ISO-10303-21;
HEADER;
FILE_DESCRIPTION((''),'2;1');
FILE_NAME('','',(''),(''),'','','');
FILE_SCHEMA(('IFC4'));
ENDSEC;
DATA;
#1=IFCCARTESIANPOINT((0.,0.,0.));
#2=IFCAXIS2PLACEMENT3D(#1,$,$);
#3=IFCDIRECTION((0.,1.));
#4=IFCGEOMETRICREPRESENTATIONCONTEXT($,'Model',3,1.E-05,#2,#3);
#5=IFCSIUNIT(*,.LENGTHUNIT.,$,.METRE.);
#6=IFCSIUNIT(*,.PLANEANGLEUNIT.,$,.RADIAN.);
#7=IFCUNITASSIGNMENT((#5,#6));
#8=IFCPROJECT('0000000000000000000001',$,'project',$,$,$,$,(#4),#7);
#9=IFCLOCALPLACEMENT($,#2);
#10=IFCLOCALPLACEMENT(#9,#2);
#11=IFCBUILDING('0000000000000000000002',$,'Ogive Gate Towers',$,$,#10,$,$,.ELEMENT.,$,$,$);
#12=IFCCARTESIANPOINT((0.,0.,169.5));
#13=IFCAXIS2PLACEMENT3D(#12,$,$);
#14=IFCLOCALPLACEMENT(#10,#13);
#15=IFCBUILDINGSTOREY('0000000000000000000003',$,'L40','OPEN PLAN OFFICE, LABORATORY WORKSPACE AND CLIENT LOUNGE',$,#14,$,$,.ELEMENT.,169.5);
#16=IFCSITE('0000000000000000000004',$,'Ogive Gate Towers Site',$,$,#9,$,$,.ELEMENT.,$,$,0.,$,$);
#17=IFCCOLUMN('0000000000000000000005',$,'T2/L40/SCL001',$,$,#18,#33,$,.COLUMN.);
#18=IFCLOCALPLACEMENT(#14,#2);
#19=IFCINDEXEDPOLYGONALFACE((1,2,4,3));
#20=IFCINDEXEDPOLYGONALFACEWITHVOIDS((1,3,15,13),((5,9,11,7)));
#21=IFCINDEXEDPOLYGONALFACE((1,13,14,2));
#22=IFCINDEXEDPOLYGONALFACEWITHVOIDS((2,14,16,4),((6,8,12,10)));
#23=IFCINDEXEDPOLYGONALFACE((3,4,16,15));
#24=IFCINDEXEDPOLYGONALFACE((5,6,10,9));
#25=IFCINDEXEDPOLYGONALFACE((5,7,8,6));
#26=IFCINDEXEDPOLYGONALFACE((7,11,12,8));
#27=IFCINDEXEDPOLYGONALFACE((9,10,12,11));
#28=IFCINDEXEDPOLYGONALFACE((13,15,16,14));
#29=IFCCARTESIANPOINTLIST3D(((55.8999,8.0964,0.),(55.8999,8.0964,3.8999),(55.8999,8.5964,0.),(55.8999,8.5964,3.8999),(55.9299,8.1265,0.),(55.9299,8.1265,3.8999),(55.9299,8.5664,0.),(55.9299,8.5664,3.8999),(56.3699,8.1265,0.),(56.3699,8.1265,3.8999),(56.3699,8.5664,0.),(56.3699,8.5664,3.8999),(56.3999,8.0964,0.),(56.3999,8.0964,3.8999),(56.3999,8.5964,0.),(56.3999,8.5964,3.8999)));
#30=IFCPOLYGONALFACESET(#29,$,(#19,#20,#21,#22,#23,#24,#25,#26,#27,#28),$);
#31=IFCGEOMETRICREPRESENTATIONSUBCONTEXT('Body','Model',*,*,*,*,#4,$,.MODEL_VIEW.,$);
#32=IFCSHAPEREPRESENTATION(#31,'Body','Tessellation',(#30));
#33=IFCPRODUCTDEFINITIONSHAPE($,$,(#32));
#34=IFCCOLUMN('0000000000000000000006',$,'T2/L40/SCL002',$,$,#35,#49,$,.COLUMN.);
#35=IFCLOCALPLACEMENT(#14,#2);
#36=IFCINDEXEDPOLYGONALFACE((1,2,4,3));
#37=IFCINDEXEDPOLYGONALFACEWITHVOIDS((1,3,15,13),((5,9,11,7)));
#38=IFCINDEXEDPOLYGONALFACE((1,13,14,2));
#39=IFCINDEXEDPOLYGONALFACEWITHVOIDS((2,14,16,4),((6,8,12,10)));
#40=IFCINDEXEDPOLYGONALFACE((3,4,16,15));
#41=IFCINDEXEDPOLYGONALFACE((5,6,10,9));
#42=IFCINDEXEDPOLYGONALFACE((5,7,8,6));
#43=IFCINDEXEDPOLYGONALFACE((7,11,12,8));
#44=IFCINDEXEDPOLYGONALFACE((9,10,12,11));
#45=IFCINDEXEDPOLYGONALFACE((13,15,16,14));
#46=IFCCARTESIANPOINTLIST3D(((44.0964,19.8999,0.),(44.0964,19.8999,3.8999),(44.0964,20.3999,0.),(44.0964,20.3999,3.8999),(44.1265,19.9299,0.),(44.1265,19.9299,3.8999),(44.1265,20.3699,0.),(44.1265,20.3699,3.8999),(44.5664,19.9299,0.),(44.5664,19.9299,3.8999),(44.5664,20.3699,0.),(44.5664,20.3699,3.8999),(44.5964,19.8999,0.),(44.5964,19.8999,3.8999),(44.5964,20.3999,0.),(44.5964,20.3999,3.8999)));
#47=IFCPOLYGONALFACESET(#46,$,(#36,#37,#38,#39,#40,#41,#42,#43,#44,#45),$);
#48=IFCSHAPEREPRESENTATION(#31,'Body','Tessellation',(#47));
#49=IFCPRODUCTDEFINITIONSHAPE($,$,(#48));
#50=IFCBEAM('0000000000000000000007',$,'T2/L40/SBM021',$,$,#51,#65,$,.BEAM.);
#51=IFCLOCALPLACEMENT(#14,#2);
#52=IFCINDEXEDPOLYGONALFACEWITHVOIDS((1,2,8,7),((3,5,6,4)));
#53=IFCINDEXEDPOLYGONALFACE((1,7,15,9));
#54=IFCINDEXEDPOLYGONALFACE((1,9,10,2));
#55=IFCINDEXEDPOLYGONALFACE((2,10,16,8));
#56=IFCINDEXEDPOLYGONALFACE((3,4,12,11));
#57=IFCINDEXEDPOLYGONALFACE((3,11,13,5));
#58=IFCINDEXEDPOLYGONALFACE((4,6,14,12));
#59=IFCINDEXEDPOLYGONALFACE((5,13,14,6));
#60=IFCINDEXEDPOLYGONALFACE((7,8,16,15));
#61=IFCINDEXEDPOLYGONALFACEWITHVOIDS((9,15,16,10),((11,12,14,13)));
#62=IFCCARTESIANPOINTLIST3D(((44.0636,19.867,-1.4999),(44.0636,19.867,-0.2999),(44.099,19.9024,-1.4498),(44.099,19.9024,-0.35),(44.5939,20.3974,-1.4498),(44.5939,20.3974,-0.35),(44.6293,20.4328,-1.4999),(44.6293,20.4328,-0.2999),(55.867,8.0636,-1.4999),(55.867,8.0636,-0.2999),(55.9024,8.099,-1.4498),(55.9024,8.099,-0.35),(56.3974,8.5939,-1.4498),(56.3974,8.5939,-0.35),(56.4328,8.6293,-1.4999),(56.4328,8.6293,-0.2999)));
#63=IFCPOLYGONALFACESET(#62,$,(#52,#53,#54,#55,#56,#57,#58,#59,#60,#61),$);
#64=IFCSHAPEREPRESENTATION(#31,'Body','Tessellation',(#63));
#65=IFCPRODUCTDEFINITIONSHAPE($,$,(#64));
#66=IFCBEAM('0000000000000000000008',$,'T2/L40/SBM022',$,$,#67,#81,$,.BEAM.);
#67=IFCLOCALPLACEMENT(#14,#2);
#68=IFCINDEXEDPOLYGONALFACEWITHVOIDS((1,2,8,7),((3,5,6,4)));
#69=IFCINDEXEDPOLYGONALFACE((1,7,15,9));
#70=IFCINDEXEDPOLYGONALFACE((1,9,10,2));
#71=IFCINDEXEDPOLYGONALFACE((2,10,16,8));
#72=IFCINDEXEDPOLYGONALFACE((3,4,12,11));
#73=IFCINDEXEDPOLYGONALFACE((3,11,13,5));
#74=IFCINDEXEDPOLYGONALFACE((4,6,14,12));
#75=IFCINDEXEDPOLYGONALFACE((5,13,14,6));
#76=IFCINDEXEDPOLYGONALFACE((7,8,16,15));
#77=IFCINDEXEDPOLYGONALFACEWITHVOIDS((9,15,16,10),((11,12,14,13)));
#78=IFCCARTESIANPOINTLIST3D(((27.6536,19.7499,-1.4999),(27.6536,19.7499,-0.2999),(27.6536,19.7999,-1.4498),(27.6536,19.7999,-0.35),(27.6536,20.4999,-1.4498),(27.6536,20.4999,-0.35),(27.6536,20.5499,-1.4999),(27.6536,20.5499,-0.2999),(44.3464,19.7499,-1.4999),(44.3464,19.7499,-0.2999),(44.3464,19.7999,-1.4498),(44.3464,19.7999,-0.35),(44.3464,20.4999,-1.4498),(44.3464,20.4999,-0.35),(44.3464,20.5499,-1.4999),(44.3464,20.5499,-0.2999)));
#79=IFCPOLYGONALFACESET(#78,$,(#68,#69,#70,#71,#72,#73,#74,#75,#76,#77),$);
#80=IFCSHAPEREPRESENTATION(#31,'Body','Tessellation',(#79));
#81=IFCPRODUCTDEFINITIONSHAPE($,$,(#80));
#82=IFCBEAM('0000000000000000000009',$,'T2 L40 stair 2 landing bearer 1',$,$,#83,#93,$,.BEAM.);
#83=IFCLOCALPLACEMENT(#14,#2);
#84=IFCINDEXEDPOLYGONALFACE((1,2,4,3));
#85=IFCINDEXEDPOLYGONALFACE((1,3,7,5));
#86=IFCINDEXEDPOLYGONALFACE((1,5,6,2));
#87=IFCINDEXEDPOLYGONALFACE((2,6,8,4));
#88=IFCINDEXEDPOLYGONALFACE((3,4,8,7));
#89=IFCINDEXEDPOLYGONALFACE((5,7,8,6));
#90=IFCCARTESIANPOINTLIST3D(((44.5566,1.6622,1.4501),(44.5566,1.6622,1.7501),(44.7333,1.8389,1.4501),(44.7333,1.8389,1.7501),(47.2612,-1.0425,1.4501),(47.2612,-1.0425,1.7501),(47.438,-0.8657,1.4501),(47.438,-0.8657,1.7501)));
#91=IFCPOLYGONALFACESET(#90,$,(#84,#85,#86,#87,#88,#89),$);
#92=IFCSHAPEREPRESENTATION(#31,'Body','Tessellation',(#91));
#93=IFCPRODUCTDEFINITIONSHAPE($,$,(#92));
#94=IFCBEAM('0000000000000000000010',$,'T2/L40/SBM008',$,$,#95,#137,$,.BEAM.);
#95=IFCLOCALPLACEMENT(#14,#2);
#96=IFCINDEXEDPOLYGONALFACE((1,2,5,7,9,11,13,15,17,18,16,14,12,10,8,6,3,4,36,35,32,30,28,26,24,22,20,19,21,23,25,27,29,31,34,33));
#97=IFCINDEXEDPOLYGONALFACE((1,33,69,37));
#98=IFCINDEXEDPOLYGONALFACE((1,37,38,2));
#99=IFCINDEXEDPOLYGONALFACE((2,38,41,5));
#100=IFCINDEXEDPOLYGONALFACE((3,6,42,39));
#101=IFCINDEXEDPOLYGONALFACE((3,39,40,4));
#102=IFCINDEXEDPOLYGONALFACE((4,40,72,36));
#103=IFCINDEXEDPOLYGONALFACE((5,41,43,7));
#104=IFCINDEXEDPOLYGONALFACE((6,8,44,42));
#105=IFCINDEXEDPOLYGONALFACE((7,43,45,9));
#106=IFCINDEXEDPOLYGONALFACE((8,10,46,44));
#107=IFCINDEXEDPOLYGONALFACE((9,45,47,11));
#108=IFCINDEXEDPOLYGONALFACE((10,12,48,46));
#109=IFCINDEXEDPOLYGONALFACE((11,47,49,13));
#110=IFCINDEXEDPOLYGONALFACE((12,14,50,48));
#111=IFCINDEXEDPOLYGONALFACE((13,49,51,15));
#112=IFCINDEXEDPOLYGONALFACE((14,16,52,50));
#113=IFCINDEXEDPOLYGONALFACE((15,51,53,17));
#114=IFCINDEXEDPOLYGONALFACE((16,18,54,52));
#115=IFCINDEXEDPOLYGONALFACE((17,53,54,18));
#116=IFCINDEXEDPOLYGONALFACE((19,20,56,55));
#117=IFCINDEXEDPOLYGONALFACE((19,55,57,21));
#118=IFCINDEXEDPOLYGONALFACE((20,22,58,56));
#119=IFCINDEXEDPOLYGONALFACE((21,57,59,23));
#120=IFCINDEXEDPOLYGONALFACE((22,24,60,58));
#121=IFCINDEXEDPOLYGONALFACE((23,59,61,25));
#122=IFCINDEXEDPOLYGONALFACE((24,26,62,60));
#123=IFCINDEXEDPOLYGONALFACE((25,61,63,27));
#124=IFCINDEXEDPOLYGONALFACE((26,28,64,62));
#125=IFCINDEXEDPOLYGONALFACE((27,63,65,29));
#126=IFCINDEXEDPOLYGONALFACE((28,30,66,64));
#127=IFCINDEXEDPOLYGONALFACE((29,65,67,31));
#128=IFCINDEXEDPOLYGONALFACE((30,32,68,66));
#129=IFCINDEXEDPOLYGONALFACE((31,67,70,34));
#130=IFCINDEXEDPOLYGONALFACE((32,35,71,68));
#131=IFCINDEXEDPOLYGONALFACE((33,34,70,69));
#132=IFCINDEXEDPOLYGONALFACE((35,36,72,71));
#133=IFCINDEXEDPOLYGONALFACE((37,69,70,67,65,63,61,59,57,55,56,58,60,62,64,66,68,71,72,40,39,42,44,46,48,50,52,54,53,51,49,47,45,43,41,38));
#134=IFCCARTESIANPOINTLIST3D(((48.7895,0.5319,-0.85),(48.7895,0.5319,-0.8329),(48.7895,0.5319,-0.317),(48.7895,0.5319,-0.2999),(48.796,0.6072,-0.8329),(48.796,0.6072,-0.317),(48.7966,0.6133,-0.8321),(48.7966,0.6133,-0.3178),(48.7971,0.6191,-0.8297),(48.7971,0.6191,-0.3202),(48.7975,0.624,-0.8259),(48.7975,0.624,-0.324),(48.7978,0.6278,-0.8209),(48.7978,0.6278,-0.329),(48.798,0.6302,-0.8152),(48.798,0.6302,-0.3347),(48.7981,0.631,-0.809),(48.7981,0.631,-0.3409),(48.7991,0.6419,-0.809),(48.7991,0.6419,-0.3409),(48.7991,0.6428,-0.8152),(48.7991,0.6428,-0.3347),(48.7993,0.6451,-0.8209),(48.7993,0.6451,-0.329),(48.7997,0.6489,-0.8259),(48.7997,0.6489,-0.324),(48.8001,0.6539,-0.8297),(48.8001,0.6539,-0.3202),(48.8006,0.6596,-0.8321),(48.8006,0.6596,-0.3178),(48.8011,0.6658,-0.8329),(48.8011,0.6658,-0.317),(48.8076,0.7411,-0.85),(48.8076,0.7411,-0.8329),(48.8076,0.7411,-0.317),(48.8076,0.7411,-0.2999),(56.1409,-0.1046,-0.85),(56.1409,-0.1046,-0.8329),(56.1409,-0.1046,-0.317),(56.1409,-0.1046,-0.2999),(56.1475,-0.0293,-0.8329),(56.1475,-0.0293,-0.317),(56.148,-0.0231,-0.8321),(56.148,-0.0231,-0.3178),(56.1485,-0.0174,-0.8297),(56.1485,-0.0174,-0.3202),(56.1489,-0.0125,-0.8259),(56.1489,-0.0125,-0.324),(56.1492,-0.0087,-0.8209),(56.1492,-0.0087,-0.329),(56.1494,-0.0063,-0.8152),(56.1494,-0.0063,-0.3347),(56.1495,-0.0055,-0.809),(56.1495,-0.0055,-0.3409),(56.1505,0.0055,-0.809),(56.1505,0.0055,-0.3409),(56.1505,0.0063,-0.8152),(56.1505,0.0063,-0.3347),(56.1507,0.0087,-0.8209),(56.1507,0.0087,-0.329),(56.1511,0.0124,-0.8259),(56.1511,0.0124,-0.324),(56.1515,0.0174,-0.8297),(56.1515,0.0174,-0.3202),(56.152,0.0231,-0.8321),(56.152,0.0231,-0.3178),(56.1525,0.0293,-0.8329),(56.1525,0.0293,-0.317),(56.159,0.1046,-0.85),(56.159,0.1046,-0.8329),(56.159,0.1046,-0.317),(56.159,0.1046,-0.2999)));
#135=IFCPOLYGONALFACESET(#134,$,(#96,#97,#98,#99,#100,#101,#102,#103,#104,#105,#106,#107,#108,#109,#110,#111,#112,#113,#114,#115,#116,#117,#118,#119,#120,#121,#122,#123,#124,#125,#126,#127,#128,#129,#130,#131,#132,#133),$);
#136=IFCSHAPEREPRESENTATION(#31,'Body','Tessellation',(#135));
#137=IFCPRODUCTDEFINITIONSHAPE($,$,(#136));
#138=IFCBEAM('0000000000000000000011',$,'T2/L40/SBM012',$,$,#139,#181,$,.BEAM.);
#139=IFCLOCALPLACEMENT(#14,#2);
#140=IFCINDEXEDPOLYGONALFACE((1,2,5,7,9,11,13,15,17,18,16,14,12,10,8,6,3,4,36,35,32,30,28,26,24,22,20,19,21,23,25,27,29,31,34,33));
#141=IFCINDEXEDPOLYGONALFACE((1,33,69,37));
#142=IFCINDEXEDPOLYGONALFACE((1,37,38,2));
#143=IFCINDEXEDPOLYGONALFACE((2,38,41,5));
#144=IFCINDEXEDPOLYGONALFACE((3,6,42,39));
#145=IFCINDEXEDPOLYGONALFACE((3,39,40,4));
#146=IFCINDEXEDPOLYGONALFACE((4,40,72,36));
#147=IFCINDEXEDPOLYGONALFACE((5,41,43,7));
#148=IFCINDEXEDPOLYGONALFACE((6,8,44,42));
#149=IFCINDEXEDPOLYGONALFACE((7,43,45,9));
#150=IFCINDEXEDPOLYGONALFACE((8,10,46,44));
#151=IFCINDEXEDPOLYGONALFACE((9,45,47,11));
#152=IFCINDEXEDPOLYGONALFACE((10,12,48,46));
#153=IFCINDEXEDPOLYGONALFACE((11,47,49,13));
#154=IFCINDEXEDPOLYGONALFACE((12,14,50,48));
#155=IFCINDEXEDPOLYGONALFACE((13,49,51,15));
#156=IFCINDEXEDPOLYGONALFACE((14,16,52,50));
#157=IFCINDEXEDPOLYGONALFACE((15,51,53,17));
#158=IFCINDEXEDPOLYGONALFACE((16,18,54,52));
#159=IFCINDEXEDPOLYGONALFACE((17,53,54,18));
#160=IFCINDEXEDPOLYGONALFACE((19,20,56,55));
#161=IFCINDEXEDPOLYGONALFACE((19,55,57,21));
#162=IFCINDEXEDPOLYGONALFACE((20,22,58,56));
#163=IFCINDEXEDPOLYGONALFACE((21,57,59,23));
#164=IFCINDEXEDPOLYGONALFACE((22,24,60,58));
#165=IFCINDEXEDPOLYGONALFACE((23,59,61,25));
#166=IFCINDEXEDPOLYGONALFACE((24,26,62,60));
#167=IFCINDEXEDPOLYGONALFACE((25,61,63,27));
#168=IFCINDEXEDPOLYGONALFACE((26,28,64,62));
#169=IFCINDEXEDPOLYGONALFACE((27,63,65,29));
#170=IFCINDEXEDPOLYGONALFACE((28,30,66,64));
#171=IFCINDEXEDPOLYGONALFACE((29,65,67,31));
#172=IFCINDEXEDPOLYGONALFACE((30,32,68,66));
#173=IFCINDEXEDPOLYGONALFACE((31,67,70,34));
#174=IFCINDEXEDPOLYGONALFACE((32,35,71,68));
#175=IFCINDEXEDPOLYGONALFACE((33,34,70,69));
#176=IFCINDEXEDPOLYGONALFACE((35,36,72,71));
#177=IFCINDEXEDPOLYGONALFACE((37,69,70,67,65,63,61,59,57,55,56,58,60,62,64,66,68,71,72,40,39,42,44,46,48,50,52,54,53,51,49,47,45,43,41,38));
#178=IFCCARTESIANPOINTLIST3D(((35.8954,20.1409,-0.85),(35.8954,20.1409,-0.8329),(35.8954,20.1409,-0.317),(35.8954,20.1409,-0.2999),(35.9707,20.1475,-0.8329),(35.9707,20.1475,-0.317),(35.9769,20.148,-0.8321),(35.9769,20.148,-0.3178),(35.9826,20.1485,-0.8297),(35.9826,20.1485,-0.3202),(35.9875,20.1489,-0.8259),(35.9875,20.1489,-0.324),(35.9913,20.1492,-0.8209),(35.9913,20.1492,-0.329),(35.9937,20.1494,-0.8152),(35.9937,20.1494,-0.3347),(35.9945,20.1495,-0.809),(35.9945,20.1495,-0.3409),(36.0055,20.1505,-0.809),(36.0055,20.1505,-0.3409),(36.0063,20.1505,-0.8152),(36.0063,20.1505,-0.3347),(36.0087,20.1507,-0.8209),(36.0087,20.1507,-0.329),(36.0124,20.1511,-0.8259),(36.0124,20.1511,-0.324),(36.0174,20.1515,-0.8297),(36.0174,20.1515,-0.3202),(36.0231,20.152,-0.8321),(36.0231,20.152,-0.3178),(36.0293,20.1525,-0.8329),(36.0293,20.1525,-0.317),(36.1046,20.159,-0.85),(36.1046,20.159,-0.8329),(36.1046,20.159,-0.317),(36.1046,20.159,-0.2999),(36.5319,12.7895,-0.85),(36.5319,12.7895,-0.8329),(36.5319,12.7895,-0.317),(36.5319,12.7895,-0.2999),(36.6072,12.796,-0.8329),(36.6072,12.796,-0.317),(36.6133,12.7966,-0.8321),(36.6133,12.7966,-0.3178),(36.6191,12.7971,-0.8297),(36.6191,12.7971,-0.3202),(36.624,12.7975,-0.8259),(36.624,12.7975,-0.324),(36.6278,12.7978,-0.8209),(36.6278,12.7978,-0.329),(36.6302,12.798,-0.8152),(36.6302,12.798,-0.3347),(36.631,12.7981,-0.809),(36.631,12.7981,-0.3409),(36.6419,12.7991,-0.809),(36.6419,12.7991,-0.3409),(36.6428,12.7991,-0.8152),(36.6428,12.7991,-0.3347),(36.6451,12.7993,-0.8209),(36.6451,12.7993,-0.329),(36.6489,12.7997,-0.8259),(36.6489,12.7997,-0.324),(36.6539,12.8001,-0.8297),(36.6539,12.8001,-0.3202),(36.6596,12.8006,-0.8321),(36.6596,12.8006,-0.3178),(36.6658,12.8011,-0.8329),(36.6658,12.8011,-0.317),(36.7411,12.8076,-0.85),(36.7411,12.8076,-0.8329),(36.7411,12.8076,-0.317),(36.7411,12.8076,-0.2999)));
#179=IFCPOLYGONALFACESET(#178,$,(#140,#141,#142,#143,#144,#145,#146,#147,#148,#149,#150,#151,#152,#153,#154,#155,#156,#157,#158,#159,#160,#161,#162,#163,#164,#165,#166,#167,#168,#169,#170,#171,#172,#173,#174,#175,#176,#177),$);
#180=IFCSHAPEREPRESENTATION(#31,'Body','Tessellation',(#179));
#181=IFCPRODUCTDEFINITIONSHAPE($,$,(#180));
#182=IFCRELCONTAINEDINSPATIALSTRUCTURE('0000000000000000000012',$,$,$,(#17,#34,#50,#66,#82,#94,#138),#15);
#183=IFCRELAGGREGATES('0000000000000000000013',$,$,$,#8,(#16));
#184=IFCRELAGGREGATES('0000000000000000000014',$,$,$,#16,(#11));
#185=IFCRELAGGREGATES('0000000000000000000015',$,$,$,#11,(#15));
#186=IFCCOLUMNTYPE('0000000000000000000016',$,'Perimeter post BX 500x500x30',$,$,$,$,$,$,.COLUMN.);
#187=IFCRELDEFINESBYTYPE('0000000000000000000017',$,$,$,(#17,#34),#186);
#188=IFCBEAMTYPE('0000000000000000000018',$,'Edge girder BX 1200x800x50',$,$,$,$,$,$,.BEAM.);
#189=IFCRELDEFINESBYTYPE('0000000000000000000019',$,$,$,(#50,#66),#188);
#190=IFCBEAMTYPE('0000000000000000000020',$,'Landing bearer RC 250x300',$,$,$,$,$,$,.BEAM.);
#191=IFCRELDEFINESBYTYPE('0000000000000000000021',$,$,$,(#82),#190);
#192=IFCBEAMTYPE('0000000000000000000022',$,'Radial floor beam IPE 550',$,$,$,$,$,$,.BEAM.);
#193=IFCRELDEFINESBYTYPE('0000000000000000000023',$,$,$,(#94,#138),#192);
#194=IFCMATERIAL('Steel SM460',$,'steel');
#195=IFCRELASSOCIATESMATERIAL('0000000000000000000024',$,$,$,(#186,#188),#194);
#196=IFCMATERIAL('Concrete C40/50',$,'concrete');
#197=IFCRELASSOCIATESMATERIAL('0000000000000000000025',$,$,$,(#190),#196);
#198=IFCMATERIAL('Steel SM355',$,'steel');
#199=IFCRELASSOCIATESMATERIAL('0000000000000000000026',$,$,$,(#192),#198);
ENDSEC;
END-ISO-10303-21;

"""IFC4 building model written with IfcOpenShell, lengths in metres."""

from ifc_helpers import new_model, si_unit, direction, frame, origin, origin_2d, place, context, subcontext, project, spatial, rectangle, hollow_rectangle, i_section, extrude, material, material_profile, profile_set, type_object, element, save


model = new_model("IFC4")

# Units and contexts
model_context = context("Model", 3, precision=1e-05, world=origin(), true_north=direction((0.0, 1.0)))
body_context = subcontext(model_context, "Body", "Model", "MODEL_VIEW")
ifc_project = project(units=[si_unit("LENGTHUNIT", "METRE"), si_unit("PLANEANGLEUNIT", "RADIAN")], contexts=[model_context])

# Site, building, storey
site_placement = place(None, origin())
site = spatial("IfcSite", under=ifc_project, at=site_placement, Name="Ogive Gate Towers Site", CompositionType="ELEMENT", RefElevation=0.0)
building_placement = place(site_placement, origin())
building = spatial("IfcBuilding", under=site, at=building_placement, Name="Ogive Gate Towers", CompositionType="ELEMENT")
storey_placement = place(building_placement, frame((0.0, 0.0, 169.5)))
storey = spatial("IfcBuildingStorey", under=building, at=storey_placement, Name="L40", Description="OPEN PLAN OFFICE, LABORATORY WORKSPACE AND CLIENT LOUNGE", CompositionType="ELEMENT", Elevation=169.5)

# Columns
ifc_material_1 = material(Name="Steel SM460", Category="steel")
ifc_material_profile_1 = material_profile(ifc_material_1, hollow_rectangle(XDim=0.5, YDim=0.5, WallThickness=0.03, at=origin_2d()), Name="BX 500x500x30")
ifc_profile_set_1 = profile_set([ifc_material_profile_1], Name="Steel SM460")
column_type = type_object("IfcColumnType", Name="Perimeter post BX 500x500x30", PredefinedType="COLUMN", material=ifc_profile_set_1)
for number, where, z_axis, x_axis, name in (
    (1, (56.1499, 8.3464, 0.0), (0.0, 0.0, 1.0), (1.0, 0.0, 0.0), "T2/L40/SCL001"),
    (2, (44.3464, 20.1499, 0.0), (0.0, 0.0, 1.0), (1.0, 0.0, 0.0), "T2/L40/SCL002"),
):
    element("IfcColumn", number, at=place(storey_placement, frame(where, z_axis=z_axis, x_axis=x_axis)), inside=storey, type_object=column_type, Name=name, PredefinedType="COLUMN", context=body_context, shape_type="SweptSolid", body=[
        extrude(hollow_rectangle(XDim=0.5, YDim=0.5, WallThickness=0.03, at=origin_2d()), origin(), (0.0, 0.0, 1.0), 3.8999),
    ])

# Beams
ifc_material_profile_2 = material_profile(ifc_material_1, hollow_rectangle(XDim=0.8, YDim=1.2, WallThickness=0.05, at=origin_2d()), Name="BX 1200x800x50")
ifc_profile_set_2 = profile_set([ifc_material_profile_2], Name="Steel SM460")
beam_type_1 = type_object("IfcBeamType", Name="Edge girder BX 1200x800x50", PredefinedType="BEAM", material=ifc_profile_set_2)
beam_1_placement = place(storey_placement, frame((56.1499, 8.3464, -0.8999), z_axis=(-0.707107, 0.707107, 0.0), x_axis=(-0.707107, -0.707107, 0.0)))
element("IfcBeam", 3, at=beam_1_placement, inside=storey, type_object=beam_type_1, Name="T2/L40/SBM021", PredefinedType="BEAM", context=body_context, shape_type="SweptSolid", body=[
    extrude(hollow_rectangle(XDim=0.8, YDim=1.2, WallThickness=0.05, at=origin_2d()), origin(), (0.0, 0.0, 1.0), 16.6926),
])
beam_2_placement = place(storey_placement, frame((44.3464, 20.1499, -0.8999), z_axis=(-1.0, 0.0, 0.0), x_axis=(0.0, -1.0, 0.0)))
element("IfcBeam", 4, at=beam_2_placement, inside=storey, type_object=beam_type_1, Name="T2/L40/SBM022", PredefinedType="BEAM", context=body_context, shape_type="SweptSolid", body=[
    extrude(hollow_rectangle(XDim=0.8, YDim=1.2, WallThickness=0.05, at=origin_2d()), origin(), (0.0, 0.0, 1.0), 16.6929),
])
ifc_material_2 = material(Name="Concrete C40/50", Category="concrete")
ifc_material_profile_3 = material_profile(ifc_material_2, rectangle(XDim=0.25, YDim=0.3, at=origin_2d()), Name="RC 250x300")
ifc_profile_set_3 = profile_set([ifc_material_profile_3], Name="Concrete C40/50")
beam_type_2 = type_object("IfcBeamType", Name="Landing bearer RC 250x300", PredefinedType="BEAM", material=ifc_profile_set_3)
beam_3_placement = place(storey_placement, frame((47.3496, -0.9541, 1.6001), z_axis=(-0.707107, 0.707107, 0.0), x_axis=(-0.707107, -0.707107, 0.0)))
element("IfcBeam", 5, at=beam_3_placement, inside=storey, type_object=beam_type_2, Name="T2 L40 stair 2 landing bearer 1", PredefinedType="BEAM", context=body_context, shape_type="SweptSolid", body=[
    extrude(rectangle(XDim=0.25, YDim=0.3, at=origin_2d()), origin(), (0.0, 0.0, 1.0), 3.825),
])
ifc_material_3 = material(Name="Steel SM355", Category="steel")
ifc_material_profile_4 = material_profile(ifc_material_3, i_section(OverallWidth=0.21, OverallDepth=0.55, WebThickness=0.011, FlangeThickness=0.0171, FilletRadius=0.0239, at=origin_2d()), Name="IPE 550")
ifc_profile_set_4 = profile_set([ifc_material_profile_4], Name="Steel SM355")
beam_type_3 = type_object("IfcBeamType", Name="Radial floor beam IPE 550", PredefinedType="BEAM", material=ifc_profile_set_4)
for number, where, z_axis, x_axis, name in (
    (6, (48.7986, 0.6365, -0.575), (0.996273, -0.086257, 0.0), (0.086257, 0.996273, 0.0), "T2/L40/SBM008"),
    (7, (36.6365, 12.7986, -0.575), (-0.086257, 0.996273, 0.0), (-0.996273, -0.086257, 0.0), "T2/L40/SBM012"),
):
    element("IfcBeam", number, at=place(storey_placement, frame(where, z_axis=z_axis, x_axis=x_axis)), inside=storey, type_object=beam_type_3, Name=name, PredefinedType="BEAM", context=body_context, shape_type="SweptSolid", body=[
        extrude(i_section(OverallWidth=0.21, OverallDepth=0.55, WebThickness=0.011, FlangeThickness=0.0171, FilletRadius=0.0239, at=origin_2d()), origin(), (0.0, 0.0, 1.0), 7.3789),
    ])

save(model, "model.ifc")
